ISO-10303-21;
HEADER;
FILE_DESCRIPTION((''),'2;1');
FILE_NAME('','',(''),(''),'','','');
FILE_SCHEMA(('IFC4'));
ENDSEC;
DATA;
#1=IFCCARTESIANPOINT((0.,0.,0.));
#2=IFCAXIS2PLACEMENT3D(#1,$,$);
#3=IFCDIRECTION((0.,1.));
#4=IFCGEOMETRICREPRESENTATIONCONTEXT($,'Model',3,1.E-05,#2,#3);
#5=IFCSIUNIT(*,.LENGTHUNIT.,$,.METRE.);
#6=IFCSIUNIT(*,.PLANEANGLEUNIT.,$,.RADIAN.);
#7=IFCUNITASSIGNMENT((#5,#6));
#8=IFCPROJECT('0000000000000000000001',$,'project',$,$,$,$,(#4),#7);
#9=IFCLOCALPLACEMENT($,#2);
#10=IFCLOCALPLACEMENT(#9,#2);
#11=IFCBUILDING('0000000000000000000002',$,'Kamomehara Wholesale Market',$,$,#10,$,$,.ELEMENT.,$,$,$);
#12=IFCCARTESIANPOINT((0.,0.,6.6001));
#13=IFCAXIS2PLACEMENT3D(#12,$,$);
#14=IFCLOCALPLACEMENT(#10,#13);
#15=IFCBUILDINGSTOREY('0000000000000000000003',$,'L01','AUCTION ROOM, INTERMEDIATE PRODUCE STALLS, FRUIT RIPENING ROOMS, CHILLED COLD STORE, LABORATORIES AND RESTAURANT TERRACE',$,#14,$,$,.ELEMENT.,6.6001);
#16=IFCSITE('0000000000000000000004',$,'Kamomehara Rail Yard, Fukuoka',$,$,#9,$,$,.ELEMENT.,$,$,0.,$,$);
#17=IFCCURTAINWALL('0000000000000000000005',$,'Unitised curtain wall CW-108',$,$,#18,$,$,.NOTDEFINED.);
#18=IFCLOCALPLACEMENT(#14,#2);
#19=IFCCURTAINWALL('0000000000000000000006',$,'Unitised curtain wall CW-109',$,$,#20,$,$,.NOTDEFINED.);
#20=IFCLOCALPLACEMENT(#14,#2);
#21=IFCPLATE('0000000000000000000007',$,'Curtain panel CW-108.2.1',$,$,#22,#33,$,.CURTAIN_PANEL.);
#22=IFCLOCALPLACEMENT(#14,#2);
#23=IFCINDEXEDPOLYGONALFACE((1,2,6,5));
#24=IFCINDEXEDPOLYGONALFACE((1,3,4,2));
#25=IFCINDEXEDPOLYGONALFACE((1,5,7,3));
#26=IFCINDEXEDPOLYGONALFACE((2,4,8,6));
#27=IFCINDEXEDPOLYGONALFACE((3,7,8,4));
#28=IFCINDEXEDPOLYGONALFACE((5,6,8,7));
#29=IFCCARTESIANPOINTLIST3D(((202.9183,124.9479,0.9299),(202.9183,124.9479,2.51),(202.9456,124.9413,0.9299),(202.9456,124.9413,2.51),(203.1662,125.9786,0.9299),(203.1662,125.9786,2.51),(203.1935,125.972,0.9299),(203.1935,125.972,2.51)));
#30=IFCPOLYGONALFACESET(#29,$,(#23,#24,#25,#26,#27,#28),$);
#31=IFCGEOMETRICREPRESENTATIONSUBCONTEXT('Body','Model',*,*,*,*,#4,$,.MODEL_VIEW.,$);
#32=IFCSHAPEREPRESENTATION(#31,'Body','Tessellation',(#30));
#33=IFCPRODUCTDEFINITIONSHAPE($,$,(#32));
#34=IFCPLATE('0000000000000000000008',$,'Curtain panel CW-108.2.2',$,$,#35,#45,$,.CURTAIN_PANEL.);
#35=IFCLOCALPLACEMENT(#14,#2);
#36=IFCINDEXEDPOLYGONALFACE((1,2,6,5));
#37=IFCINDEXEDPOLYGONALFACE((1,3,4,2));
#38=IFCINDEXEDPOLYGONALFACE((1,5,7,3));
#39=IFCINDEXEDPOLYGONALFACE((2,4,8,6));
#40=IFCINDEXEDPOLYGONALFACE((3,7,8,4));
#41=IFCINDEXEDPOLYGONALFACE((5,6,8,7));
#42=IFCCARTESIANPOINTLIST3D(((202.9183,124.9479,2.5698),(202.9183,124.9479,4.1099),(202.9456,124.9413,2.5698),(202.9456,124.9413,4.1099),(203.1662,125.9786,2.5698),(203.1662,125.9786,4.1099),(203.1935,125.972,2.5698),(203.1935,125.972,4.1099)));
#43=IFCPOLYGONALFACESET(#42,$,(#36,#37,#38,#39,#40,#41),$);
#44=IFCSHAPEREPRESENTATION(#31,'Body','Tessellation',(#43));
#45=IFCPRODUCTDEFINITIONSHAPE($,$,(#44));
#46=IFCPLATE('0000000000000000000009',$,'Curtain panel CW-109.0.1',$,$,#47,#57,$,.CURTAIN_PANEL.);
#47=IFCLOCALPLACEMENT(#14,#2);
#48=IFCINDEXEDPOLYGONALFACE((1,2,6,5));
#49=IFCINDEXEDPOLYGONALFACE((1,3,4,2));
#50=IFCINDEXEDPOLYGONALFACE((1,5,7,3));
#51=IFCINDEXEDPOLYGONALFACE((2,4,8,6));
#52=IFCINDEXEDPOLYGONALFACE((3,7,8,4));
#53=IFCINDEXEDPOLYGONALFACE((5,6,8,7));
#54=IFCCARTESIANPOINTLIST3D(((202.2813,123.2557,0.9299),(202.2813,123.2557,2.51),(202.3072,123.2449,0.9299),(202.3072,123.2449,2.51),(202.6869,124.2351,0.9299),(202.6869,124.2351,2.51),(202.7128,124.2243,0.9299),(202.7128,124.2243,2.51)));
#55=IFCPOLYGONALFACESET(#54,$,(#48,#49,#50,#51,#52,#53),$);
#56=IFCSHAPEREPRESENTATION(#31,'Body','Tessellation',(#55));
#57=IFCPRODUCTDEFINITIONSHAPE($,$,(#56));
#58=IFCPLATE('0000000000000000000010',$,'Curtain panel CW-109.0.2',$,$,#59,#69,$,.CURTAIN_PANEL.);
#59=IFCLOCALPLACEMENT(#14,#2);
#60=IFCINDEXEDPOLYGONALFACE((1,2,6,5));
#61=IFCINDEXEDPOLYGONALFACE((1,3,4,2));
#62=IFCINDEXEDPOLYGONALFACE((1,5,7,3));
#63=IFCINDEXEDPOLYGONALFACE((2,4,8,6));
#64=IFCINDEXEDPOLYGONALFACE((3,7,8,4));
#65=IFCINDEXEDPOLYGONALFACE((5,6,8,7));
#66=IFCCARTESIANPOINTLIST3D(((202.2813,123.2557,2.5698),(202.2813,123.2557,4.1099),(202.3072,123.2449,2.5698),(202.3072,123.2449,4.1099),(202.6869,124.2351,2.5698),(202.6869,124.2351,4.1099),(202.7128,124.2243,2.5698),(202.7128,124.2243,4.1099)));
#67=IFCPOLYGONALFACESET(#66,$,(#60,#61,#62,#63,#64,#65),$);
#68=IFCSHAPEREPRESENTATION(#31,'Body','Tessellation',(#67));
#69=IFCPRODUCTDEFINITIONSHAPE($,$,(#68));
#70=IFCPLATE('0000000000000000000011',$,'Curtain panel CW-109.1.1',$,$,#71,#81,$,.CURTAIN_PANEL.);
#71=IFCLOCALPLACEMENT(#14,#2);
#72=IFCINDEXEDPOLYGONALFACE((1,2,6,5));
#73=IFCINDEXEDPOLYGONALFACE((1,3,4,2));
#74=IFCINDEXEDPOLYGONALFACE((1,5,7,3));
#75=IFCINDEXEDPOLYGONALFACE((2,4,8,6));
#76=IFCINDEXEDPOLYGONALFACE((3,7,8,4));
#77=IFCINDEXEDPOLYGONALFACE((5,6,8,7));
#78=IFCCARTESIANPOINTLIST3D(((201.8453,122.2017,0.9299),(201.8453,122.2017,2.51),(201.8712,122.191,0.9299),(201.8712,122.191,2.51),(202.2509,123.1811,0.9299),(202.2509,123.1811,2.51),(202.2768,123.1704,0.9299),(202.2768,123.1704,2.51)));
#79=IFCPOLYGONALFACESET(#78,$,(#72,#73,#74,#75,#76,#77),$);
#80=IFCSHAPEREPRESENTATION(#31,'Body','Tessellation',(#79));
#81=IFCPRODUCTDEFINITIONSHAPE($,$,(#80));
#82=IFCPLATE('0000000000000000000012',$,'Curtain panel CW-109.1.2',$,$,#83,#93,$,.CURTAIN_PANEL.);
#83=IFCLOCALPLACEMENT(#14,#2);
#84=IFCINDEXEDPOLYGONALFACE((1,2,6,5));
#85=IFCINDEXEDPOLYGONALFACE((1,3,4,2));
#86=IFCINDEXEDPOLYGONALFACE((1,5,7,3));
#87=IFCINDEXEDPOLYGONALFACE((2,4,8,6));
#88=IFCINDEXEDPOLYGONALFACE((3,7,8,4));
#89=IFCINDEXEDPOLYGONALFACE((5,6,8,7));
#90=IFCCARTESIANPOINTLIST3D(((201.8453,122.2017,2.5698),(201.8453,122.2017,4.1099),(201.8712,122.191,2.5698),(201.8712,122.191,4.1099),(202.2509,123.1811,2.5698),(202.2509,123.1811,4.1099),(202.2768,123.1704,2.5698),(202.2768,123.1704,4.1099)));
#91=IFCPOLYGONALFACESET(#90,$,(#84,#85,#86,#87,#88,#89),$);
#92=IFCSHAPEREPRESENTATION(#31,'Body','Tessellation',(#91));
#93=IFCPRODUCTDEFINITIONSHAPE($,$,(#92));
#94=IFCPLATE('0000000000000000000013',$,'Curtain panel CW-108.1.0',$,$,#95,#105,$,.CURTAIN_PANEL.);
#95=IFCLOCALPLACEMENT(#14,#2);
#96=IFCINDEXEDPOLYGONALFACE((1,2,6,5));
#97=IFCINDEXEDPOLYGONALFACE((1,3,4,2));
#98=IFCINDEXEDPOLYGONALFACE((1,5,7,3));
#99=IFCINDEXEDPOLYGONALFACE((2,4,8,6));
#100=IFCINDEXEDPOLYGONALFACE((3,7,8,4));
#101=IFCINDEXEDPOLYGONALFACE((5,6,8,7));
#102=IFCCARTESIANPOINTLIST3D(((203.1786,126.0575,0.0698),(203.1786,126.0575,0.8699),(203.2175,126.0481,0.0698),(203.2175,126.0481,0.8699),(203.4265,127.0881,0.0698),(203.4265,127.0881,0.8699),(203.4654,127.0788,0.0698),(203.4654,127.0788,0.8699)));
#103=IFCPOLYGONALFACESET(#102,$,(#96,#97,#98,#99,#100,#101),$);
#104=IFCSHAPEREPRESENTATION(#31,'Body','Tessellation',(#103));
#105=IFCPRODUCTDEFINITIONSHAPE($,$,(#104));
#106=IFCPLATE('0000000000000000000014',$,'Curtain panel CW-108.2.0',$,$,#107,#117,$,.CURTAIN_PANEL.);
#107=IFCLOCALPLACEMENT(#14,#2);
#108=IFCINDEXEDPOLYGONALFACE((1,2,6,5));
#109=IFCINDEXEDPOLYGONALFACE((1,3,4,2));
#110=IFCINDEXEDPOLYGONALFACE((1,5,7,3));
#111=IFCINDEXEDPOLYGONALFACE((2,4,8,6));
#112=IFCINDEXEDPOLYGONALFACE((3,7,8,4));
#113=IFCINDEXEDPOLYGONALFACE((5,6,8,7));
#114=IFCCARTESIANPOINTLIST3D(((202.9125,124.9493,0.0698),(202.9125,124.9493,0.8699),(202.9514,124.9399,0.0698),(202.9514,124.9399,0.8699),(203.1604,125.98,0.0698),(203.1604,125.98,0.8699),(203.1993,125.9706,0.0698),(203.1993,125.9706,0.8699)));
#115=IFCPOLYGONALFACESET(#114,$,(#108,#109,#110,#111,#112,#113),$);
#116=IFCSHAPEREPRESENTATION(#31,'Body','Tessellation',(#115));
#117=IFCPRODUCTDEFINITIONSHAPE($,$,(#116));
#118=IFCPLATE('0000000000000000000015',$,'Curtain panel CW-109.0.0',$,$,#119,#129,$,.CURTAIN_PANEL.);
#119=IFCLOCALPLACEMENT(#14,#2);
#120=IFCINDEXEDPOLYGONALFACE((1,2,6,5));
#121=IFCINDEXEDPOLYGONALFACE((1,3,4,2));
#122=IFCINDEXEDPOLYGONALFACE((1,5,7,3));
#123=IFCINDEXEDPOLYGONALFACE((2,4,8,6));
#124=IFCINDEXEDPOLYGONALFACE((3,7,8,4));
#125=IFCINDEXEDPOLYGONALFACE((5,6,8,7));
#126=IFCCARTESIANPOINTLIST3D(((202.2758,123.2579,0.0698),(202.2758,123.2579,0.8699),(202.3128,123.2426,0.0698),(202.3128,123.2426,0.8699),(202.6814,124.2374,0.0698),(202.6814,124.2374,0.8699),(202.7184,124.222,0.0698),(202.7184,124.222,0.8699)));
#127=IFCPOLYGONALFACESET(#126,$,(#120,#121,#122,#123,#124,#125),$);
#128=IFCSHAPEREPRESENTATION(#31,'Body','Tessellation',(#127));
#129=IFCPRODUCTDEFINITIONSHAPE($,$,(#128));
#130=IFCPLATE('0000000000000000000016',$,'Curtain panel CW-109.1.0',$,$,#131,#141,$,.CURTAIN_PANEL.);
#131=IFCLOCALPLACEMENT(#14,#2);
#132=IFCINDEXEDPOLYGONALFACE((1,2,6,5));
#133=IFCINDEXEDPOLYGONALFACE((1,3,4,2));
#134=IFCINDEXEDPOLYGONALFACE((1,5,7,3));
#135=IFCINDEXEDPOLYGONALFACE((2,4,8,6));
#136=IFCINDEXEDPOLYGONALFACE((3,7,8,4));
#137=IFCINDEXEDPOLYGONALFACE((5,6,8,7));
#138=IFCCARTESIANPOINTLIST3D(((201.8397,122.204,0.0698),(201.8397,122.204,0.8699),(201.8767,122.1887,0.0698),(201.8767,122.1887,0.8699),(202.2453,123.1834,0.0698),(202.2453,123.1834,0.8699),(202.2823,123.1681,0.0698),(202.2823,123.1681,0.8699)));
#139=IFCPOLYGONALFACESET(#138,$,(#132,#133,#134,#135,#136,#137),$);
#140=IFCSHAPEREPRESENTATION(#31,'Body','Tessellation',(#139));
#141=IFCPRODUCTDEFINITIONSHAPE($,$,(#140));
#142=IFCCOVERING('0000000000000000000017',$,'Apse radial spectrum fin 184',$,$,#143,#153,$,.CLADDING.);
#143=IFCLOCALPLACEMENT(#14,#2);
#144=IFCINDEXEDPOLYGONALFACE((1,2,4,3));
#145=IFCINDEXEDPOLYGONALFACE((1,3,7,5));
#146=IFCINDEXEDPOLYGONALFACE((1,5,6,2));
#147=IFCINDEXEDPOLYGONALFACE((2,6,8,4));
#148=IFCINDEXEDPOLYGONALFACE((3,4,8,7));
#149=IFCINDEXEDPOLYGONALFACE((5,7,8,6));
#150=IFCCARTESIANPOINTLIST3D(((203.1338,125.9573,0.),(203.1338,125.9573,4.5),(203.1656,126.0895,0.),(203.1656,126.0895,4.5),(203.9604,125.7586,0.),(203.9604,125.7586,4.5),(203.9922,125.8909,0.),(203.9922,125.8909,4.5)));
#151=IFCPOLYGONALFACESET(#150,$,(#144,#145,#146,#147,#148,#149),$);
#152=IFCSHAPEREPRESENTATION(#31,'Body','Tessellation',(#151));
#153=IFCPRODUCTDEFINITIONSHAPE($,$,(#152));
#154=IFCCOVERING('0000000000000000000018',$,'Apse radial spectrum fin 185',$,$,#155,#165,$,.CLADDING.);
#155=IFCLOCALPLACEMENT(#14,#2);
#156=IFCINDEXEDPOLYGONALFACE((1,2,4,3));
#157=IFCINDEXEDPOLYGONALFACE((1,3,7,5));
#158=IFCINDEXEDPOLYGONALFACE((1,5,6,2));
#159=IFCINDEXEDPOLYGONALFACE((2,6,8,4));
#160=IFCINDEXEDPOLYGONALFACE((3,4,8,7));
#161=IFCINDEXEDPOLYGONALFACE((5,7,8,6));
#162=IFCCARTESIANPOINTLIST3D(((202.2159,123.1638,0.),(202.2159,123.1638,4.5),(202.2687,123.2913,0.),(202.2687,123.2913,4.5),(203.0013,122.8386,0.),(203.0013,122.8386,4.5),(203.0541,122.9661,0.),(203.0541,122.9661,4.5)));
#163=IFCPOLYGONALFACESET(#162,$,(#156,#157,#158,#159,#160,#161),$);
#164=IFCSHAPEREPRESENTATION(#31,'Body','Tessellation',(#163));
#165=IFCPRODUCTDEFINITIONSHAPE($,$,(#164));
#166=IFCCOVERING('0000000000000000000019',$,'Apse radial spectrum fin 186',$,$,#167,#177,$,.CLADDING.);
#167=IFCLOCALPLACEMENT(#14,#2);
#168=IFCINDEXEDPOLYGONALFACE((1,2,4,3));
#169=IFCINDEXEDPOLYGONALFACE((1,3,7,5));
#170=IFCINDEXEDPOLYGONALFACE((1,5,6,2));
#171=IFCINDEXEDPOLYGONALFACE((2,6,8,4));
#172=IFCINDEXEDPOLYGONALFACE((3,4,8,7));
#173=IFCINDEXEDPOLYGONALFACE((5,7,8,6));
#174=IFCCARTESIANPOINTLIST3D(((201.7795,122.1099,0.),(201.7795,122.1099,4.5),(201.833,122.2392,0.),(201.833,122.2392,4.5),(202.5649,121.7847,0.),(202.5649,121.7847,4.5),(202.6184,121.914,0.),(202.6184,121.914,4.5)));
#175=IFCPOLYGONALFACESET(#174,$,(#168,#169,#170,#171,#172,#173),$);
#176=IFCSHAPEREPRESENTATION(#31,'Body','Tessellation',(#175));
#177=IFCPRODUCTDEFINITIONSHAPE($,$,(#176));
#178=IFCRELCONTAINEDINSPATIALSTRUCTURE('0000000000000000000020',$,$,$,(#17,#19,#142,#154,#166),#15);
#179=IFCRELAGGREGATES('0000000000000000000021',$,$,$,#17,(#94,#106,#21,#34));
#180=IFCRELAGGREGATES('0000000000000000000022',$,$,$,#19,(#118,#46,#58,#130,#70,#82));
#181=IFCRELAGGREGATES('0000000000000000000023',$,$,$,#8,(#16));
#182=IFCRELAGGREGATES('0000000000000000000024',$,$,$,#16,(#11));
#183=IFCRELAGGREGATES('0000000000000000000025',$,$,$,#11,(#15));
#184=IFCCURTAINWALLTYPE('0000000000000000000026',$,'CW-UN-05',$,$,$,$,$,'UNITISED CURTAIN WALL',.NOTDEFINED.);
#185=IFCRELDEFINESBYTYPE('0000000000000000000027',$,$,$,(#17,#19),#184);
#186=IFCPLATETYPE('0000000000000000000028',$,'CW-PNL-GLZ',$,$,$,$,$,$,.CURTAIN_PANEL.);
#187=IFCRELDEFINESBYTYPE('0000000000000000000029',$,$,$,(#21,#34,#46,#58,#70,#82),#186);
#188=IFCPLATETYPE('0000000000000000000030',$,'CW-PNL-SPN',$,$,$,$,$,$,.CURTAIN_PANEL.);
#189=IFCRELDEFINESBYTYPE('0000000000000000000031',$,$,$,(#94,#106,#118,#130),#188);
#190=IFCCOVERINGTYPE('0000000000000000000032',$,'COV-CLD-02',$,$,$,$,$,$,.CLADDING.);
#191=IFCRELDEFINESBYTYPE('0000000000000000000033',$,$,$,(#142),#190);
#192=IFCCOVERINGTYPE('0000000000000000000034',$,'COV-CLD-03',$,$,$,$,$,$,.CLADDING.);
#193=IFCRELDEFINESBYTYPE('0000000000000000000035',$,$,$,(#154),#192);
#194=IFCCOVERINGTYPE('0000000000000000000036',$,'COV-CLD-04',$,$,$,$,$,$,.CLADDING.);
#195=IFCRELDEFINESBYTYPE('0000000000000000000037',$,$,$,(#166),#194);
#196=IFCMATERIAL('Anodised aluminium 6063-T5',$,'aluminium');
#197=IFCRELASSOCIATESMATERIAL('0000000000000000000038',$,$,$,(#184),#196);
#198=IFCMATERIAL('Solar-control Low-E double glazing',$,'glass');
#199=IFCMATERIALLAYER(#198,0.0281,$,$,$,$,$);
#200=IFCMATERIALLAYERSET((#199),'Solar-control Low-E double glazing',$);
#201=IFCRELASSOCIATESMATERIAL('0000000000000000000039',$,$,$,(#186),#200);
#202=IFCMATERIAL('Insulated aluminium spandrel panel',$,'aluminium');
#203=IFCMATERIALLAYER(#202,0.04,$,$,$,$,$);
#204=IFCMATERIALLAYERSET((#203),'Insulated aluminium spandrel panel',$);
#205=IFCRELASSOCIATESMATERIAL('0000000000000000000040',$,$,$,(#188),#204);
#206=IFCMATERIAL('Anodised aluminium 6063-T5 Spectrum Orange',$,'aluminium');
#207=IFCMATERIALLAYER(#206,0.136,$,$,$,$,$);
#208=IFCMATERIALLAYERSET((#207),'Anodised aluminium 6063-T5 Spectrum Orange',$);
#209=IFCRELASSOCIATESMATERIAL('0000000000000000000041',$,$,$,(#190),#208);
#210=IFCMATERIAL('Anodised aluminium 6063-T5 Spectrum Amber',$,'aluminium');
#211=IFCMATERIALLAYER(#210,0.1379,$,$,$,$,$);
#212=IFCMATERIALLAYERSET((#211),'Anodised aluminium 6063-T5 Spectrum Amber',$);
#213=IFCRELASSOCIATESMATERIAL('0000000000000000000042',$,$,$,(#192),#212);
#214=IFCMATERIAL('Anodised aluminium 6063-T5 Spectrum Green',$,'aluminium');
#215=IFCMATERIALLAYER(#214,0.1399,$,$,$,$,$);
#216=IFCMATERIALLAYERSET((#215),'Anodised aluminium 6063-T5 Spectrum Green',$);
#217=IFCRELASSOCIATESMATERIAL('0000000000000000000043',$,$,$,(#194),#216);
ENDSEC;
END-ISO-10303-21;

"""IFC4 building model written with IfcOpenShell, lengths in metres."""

from ifc_helpers import new_model, si_unit, direction, frame, origin, origin_2d, place, context, subcontext, project, spatial, rectangle, extrude, material, layer, layer_set, type_object, element, aggregate, save


model = new_model("IFC4")

# Units and contexts
model_context = context("Model", 3, precision=1e-05, world=origin(), true_north=direction((0.0, 1.0)))
body_context = subcontext(model_context, "Body", "Model", "MODEL_VIEW")
ifc_project = project(units=[si_unit("LENGTHUNIT", "METRE"), si_unit("PLANEANGLEUNIT", "RADIAN")], contexts=[model_context])

# Site, building, storey
site_placement = place(None, origin())
site = spatial("IfcSite", under=ifc_project, at=site_placement, Name="Kamomehara Rail Yard, Fukuoka", CompositionType="ELEMENT", RefElevation=0.0)
building_placement = place(site_placement, origin())
building = spatial("IfcBuilding", under=site, at=building_placement, Name="Kamomehara Wholesale Market", CompositionType="ELEMENT")
storey_placement = place(building_placement, frame((0.0, 0.0, 6.6001)))
storey = spatial("IfcBuildingStorey", under=building, at=storey_placement, Name="L01", Description="AUCTION ROOM, INTERMEDIATE PRODUCE STALLS, FRUIT RIPENING ROOMS, CHILLED COLD STORE, LABORATORIES AND RESTAURANT TERRACE", CompositionType="ELEMENT", Elevation=6.6001)

# Curtain walls
ifc_material_1 = material(Name="Anodised aluminium 6063-T5", Category="aluminium")
curtain_wall_type = type_object("IfcCurtainWallType", Name="CW-UN-05", ElementType="UNITISED CURTAIN WALL", PredefinedType="NOTDEFINED", material=ifc_material_1)
curtain_wall_1_placement = place(storey_placement, origin())
curtain_wall_1 = element("IfcCurtainWall", 1, at=curtain_wall_1_placement, inside=storey, type_object=curtain_wall_type, Name="Unitised curtain wall CW-108", PredefinedType="NOTDEFINED")
curtain_wall_2_placement = place(storey_placement, origin())
curtain_wall_2 = element("IfcCurtainWall", 2, at=curtain_wall_2_placement, inside=storey, type_object=curtain_wall_type, Name="Unitised curtain wall CW-109", PredefinedType="NOTDEFINED")

# Plates
ifc_material_2 = material(Name="Solar-control Low-E double glazing", Category="glass")
ifc_layer_1 = layer(ifc_material_2, 0.0281)
ifc_layer_set_1 = layer_set([ifc_layer_1], Name="Solar-control Low-E double glazing")
plate_type_1 = type_object("IfcPlateType", Name="CW-PNL-GLZ", PredefinedType="CURTAIN_PANEL", material=ifc_layer_set_1)
plate_1_placement = place(storey_placement, frame((203.0559, 125.46, 0.9299), z_axis=(0.0, 0.0, 1.0), x_axis=(-0.233853, -0.972272, 0.0)))
plate_1 = element("IfcPlate", 3, at=plate_1_placement, type_object=plate_type_1, Name="Curtain panel CW-108.2.1", PredefinedType="CURTAIN_PANEL", context=body_context, shape_type="SweptSolid", body=[
    extrude(rectangle(XDim=1.0601, YDim=0.0281, at=origin_2d()), origin(), (0.0, 0.0, 1.0), 1.5801),
])
plate_2_placement = place(storey_placement, frame((203.0559, 125.46, 2.5698), z_axis=(0.0, 0.0, 1.0), x_axis=(-0.233853, -0.972272, 0.0)))
plate_2 = element("IfcPlate", 4, at=plate_2_placement, type_object=plate_type_1, Name="Curtain panel CW-108.2.2", PredefinedType="CURTAIN_PANEL", context=body_context, shape_type="SweptSolid", body=[
    extrude(rectangle(XDim=1.0601, YDim=0.0281, at=origin_2d()), origin(), (0.0, 0.0, 1.0), 1.54),
])
plate_3_placement = place(storey_placement, frame((202.4971, 123.74, 0.9299), z_axis=(0.0, 0.0, 1.0), x_axis=(-0.382603, -0.923913, 0.0)))
plate_3 = element("IfcPlate", 5, at=plate_3_placement, type_object=plate_type_1, Name="Curtain panel CW-109.0.1", PredefinedType="CURTAIN_PANEL", context=body_context, shape_type="SweptSolid", body=[
    extrude(rectangle(XDim=1.0601, YDim=0.0281, at=origin_2d()), origin(), (0.0, 0.0, 1.0), 1.5801),
])
plate_4_placement = place(storey_placement, frame((202.4971, 123.74, 2.5698), z_axis=(0.0, 0.0, 1.0), x_axis=(-0.382603, -0.923913, 0.0)))
plate_4 = element("IfcPlate", 6, at=plate_4_placement, type_object=plate_type_1, Name="Curtain panel CW-109.0.2", PredefinedType="CURTAIN_PANEL", context=body_context, shape_type="SweptSolid", body=[
    extrude(rectangle(XDim=1.0601, YDim=0.0281, at=origin_2d()), origin(), (0.0, 0.0, 1.0), 1.54),
])
plate_5_placement = place(storey_placement, frame((202.061, 122.686, 0.9299), z_axis=(0.0, 0.0, 1.0), x_axis=(-0.382603, -0.923913, 0.0)))
plate_5 = element("IfcPlate", 7, at=plate_5_placement, type_object=plate_type_1, Name="Curtain panel CW-109.1.1", PredefinedType="CURTAIN_PANEL", context=body_context, shape_type="SweptSolid", body=[
    extrude(rectangle(XDim=1.0601, YDim=0.0281, at=origin_2d()), origin(), (0.0, 0.0, 1.0), 1.5801),
])
plate_6_placement = place(storey_placement, frame((202.061, 122.686, 2.5698), z_axis=(0.0, 0.0, 1.0), x_axis=(-0.382603, -0.923913, 0.0)))
plate_6 = element("IfcPlate", 8, at=plate_6_placement, type_object=plate_type_1, Name="Curtain panel CW-109.1.2", PredefinedType="CURTAIN_PANEL", context=body_context, shape_type="SweptSolid", body=[
    extrude(rectangle(XDim=1.0601, YDim=0.0281, at=origin_2d()), origin(), (0.0, 0.0, 1.0), 1.54),
])
ifc_material_3 = material(Name="Insulated aluminium spandrel panel", Category="aluminium")
ifc_layer_2 = layer(ifc_material_3, 0.04)
ifc_layer_set_2 = layer_set([ifc_layer_2], Name="Insulated aluminium spandrel panel")
plate_type_2 = type_object("IfcPlateType", Name="CW-PNL-SPN", PredefinedType="CURTAIN_PANEL", material=ifc_layer_set_2)
plate_7_placement = place(storey_placement, frame((203.322, 126.5681, 0.0698), z_axis=(0.0, 0.0, 1.0), x_axis=(-0.233853, -0.972272, 0.0)))
plate_7 = element("IfcPlate", 9, at=plate_7_placement, type_object=plate_type_2, Name="Curtain panel CW-108.1.0", PredefinedType="CURTAIN_PANEL", context=body_context, shape_type="SweptSolid", body=[
    extrude(rectangle(XDim=1.0601, YDim=0.04, at=origin_2d()), origin(), (0.0, 0.0, 1.0), 0.8),
])
plate_8_placement = place(storey_placement, frame((203.0559, 125.46, 0.0698), z_axis=(0.0, 0.0, 1.0), x_axis=(-0.233853, -0.972272, 0.0)))
plate_8 = element("IfcPlate", 10, at=plate_8_placement, type_object=plate_type_2, Name="Curtain panel CW-108.2.0", PredefinedType="CURTAIN_PANEL", context=body_context, shape_type="SweptSolid", body=[
    extrude(rectangle(XDim=1.0601, YDim=0.04, at=origin_2d()), origin(), (0.0, 0.0, 1.0), 0.8),
])
aggregate(curtain_wall_1, [plate_7, plate_8, plate_1, plate_2])
plate_9_placement = place(storey_placement, frame((202.4971, 123.74, 0.0698), z_axis=(0.0, 0.0, 1.0), x_axis=(-0.382603, -0.923913, 0.0)))
plate_9 = element("IfcPlate", 11, at=plate_9_placement, type_object=plate_type_2, Name="Curtain panel CW-109.0.0", PredefinedType="CURTAIN_PANEL", context=body_context, shape_type="SweptSolid", body=[
    extrude(rectangle(XDim=1.0601, YDim=0.04, at=origin_2d()), origin(), (0.0, 0.0, 1.0), 0.8),
])
plate_10_placement = place(storey_placement, frame((202.061, 122.686, 0.0698), z_axis=(0.0, 0.0, 1.0), x_axis=(-0.382603, -0.923913, 0.0)))
plate_10 = element("IfcPlate", 12, at=plate_10_placement, type_object=plate_type_2, Name="Curtain panel CW-109.1.0", PredefinedType="CURTAIN_PANEL", context=body_context, shape_type="SweptSolid", body=[
    extrude(rectangle(XDim=1.0601, YDim=0.04, at=origin_2d()), origin(), (0.0, 0.0, 1.0), 0.8),
])
aggregate(curtain_wall_2, [plate_9, plate_3, plate_4, plate_10, plate_5, plate_6])

# Coverings
ifc_material_4 = material(Name="Anodised aluminium 6063-T5 Spectrum Orange", Category="aluminium")
ifc_layer_3 = layer(ifc_material_4, 0.136)
ifc_layer_set_3 = layer_set([ifc_layer_3], Name="Anodised aluminium 6063-T5 Spectrum Orange")
covering_type_1 = type_object("IfcCoveringType", Name="COV-CLD-02", PredefinedType="CLADDING", material=ifc_layer_set_3)
covering_1_placement = place(storey_placement, frame((203.563, 125.9241, 0.0), z_axis=(0.0, 0.0, 1.0), x_axis=(-0.233649, -0.972321, 0.0)))
element("IfcCovering", 13, at=covering_1_placement, inside=storey, type_object=covering_type_1, Name="Apse radial spectrum fin 184", PredefinedType="CLADDING", context=body_context, shape_type="SweptSolid", body=[
    extrude(rectangle(XDim=0.136, YDim=0.8501, at=origin_2d()), origin(), (0.0, 0.0, 1.0), 4.5),
])
ifc_material_5 = material(Name="Anodised aluminium 6063-T5 Spectrum Amber", Category="aluminium")
ifc_layer_4 = layer(ifc_material_5, 0.1379)
ifc_layer_set_4 = layer_set([ifc_layer_4], Name="Anodised aluminium 6063-T5 Spectrum Amber")
covering_type_2 = type_object("IfcCoveringType", Name="COV-CLD-03", PredefinedType="CLADDING", material=ifc_layer_set_4)
covering_2_placement = place(storey_placement, frame((202.635, 123.0649, 0.0), z_axis=(0.0, 0.0, 1.0), x_axis=(-0.382571, -0.923926, 0.0)))
element("IfcCovering", 14, at=covering_2_placement, inside=storey, type_object=covering_type_2, Name="Apse radial spectrum fin 185", PredefinedType="CLADDING", context=body_context, shape_type="SweptSolid", body=[
    extrude(rectangle(XDim=0.1379, YDim=0.8501, at=origin_2d()), origin(), (0.0, 0.0, 1.0), 4.5),
])
ifc_material_6 = material(Name="Anodised aluminium 6063-T5 Spectrum Green", Category="aluminium")
ifc_layer_5 = layer(ifc_material_6, 0.1399)
ifc_layer_set_5 = layer_set([ifc_layer_5], Name="Anodised aluminium 6063-T5 Spectrum Green")
covering_type_3 = type_object("IfcCoveringType", Name="COV-CLD-04", PredefinedType="CLADDING", material=ifc_layer_set_5)
covering_3_placement = place(storey_placement, frame((202.199, 122.012, 0.0), z_axis=(0.0, 0.0, 1.0), x_axis=(-0.382571, -0.923926, 0.0)))
element("IfcCovering", 15, at=covering_3_placement, inside=storey, type_object=covering_type_3, Name="Apse radial spectrum fin 186", PredefinedType="CLADDING", context=body_context, shape_type="SweptSolid", body=[
    extrude(rectangle(XDim=0.1399, YDim=0.8501, at=origin_2d()), origin(), (0.0, 0.0, 1.0), 4.5),
])

save(model, "model.ifc")
